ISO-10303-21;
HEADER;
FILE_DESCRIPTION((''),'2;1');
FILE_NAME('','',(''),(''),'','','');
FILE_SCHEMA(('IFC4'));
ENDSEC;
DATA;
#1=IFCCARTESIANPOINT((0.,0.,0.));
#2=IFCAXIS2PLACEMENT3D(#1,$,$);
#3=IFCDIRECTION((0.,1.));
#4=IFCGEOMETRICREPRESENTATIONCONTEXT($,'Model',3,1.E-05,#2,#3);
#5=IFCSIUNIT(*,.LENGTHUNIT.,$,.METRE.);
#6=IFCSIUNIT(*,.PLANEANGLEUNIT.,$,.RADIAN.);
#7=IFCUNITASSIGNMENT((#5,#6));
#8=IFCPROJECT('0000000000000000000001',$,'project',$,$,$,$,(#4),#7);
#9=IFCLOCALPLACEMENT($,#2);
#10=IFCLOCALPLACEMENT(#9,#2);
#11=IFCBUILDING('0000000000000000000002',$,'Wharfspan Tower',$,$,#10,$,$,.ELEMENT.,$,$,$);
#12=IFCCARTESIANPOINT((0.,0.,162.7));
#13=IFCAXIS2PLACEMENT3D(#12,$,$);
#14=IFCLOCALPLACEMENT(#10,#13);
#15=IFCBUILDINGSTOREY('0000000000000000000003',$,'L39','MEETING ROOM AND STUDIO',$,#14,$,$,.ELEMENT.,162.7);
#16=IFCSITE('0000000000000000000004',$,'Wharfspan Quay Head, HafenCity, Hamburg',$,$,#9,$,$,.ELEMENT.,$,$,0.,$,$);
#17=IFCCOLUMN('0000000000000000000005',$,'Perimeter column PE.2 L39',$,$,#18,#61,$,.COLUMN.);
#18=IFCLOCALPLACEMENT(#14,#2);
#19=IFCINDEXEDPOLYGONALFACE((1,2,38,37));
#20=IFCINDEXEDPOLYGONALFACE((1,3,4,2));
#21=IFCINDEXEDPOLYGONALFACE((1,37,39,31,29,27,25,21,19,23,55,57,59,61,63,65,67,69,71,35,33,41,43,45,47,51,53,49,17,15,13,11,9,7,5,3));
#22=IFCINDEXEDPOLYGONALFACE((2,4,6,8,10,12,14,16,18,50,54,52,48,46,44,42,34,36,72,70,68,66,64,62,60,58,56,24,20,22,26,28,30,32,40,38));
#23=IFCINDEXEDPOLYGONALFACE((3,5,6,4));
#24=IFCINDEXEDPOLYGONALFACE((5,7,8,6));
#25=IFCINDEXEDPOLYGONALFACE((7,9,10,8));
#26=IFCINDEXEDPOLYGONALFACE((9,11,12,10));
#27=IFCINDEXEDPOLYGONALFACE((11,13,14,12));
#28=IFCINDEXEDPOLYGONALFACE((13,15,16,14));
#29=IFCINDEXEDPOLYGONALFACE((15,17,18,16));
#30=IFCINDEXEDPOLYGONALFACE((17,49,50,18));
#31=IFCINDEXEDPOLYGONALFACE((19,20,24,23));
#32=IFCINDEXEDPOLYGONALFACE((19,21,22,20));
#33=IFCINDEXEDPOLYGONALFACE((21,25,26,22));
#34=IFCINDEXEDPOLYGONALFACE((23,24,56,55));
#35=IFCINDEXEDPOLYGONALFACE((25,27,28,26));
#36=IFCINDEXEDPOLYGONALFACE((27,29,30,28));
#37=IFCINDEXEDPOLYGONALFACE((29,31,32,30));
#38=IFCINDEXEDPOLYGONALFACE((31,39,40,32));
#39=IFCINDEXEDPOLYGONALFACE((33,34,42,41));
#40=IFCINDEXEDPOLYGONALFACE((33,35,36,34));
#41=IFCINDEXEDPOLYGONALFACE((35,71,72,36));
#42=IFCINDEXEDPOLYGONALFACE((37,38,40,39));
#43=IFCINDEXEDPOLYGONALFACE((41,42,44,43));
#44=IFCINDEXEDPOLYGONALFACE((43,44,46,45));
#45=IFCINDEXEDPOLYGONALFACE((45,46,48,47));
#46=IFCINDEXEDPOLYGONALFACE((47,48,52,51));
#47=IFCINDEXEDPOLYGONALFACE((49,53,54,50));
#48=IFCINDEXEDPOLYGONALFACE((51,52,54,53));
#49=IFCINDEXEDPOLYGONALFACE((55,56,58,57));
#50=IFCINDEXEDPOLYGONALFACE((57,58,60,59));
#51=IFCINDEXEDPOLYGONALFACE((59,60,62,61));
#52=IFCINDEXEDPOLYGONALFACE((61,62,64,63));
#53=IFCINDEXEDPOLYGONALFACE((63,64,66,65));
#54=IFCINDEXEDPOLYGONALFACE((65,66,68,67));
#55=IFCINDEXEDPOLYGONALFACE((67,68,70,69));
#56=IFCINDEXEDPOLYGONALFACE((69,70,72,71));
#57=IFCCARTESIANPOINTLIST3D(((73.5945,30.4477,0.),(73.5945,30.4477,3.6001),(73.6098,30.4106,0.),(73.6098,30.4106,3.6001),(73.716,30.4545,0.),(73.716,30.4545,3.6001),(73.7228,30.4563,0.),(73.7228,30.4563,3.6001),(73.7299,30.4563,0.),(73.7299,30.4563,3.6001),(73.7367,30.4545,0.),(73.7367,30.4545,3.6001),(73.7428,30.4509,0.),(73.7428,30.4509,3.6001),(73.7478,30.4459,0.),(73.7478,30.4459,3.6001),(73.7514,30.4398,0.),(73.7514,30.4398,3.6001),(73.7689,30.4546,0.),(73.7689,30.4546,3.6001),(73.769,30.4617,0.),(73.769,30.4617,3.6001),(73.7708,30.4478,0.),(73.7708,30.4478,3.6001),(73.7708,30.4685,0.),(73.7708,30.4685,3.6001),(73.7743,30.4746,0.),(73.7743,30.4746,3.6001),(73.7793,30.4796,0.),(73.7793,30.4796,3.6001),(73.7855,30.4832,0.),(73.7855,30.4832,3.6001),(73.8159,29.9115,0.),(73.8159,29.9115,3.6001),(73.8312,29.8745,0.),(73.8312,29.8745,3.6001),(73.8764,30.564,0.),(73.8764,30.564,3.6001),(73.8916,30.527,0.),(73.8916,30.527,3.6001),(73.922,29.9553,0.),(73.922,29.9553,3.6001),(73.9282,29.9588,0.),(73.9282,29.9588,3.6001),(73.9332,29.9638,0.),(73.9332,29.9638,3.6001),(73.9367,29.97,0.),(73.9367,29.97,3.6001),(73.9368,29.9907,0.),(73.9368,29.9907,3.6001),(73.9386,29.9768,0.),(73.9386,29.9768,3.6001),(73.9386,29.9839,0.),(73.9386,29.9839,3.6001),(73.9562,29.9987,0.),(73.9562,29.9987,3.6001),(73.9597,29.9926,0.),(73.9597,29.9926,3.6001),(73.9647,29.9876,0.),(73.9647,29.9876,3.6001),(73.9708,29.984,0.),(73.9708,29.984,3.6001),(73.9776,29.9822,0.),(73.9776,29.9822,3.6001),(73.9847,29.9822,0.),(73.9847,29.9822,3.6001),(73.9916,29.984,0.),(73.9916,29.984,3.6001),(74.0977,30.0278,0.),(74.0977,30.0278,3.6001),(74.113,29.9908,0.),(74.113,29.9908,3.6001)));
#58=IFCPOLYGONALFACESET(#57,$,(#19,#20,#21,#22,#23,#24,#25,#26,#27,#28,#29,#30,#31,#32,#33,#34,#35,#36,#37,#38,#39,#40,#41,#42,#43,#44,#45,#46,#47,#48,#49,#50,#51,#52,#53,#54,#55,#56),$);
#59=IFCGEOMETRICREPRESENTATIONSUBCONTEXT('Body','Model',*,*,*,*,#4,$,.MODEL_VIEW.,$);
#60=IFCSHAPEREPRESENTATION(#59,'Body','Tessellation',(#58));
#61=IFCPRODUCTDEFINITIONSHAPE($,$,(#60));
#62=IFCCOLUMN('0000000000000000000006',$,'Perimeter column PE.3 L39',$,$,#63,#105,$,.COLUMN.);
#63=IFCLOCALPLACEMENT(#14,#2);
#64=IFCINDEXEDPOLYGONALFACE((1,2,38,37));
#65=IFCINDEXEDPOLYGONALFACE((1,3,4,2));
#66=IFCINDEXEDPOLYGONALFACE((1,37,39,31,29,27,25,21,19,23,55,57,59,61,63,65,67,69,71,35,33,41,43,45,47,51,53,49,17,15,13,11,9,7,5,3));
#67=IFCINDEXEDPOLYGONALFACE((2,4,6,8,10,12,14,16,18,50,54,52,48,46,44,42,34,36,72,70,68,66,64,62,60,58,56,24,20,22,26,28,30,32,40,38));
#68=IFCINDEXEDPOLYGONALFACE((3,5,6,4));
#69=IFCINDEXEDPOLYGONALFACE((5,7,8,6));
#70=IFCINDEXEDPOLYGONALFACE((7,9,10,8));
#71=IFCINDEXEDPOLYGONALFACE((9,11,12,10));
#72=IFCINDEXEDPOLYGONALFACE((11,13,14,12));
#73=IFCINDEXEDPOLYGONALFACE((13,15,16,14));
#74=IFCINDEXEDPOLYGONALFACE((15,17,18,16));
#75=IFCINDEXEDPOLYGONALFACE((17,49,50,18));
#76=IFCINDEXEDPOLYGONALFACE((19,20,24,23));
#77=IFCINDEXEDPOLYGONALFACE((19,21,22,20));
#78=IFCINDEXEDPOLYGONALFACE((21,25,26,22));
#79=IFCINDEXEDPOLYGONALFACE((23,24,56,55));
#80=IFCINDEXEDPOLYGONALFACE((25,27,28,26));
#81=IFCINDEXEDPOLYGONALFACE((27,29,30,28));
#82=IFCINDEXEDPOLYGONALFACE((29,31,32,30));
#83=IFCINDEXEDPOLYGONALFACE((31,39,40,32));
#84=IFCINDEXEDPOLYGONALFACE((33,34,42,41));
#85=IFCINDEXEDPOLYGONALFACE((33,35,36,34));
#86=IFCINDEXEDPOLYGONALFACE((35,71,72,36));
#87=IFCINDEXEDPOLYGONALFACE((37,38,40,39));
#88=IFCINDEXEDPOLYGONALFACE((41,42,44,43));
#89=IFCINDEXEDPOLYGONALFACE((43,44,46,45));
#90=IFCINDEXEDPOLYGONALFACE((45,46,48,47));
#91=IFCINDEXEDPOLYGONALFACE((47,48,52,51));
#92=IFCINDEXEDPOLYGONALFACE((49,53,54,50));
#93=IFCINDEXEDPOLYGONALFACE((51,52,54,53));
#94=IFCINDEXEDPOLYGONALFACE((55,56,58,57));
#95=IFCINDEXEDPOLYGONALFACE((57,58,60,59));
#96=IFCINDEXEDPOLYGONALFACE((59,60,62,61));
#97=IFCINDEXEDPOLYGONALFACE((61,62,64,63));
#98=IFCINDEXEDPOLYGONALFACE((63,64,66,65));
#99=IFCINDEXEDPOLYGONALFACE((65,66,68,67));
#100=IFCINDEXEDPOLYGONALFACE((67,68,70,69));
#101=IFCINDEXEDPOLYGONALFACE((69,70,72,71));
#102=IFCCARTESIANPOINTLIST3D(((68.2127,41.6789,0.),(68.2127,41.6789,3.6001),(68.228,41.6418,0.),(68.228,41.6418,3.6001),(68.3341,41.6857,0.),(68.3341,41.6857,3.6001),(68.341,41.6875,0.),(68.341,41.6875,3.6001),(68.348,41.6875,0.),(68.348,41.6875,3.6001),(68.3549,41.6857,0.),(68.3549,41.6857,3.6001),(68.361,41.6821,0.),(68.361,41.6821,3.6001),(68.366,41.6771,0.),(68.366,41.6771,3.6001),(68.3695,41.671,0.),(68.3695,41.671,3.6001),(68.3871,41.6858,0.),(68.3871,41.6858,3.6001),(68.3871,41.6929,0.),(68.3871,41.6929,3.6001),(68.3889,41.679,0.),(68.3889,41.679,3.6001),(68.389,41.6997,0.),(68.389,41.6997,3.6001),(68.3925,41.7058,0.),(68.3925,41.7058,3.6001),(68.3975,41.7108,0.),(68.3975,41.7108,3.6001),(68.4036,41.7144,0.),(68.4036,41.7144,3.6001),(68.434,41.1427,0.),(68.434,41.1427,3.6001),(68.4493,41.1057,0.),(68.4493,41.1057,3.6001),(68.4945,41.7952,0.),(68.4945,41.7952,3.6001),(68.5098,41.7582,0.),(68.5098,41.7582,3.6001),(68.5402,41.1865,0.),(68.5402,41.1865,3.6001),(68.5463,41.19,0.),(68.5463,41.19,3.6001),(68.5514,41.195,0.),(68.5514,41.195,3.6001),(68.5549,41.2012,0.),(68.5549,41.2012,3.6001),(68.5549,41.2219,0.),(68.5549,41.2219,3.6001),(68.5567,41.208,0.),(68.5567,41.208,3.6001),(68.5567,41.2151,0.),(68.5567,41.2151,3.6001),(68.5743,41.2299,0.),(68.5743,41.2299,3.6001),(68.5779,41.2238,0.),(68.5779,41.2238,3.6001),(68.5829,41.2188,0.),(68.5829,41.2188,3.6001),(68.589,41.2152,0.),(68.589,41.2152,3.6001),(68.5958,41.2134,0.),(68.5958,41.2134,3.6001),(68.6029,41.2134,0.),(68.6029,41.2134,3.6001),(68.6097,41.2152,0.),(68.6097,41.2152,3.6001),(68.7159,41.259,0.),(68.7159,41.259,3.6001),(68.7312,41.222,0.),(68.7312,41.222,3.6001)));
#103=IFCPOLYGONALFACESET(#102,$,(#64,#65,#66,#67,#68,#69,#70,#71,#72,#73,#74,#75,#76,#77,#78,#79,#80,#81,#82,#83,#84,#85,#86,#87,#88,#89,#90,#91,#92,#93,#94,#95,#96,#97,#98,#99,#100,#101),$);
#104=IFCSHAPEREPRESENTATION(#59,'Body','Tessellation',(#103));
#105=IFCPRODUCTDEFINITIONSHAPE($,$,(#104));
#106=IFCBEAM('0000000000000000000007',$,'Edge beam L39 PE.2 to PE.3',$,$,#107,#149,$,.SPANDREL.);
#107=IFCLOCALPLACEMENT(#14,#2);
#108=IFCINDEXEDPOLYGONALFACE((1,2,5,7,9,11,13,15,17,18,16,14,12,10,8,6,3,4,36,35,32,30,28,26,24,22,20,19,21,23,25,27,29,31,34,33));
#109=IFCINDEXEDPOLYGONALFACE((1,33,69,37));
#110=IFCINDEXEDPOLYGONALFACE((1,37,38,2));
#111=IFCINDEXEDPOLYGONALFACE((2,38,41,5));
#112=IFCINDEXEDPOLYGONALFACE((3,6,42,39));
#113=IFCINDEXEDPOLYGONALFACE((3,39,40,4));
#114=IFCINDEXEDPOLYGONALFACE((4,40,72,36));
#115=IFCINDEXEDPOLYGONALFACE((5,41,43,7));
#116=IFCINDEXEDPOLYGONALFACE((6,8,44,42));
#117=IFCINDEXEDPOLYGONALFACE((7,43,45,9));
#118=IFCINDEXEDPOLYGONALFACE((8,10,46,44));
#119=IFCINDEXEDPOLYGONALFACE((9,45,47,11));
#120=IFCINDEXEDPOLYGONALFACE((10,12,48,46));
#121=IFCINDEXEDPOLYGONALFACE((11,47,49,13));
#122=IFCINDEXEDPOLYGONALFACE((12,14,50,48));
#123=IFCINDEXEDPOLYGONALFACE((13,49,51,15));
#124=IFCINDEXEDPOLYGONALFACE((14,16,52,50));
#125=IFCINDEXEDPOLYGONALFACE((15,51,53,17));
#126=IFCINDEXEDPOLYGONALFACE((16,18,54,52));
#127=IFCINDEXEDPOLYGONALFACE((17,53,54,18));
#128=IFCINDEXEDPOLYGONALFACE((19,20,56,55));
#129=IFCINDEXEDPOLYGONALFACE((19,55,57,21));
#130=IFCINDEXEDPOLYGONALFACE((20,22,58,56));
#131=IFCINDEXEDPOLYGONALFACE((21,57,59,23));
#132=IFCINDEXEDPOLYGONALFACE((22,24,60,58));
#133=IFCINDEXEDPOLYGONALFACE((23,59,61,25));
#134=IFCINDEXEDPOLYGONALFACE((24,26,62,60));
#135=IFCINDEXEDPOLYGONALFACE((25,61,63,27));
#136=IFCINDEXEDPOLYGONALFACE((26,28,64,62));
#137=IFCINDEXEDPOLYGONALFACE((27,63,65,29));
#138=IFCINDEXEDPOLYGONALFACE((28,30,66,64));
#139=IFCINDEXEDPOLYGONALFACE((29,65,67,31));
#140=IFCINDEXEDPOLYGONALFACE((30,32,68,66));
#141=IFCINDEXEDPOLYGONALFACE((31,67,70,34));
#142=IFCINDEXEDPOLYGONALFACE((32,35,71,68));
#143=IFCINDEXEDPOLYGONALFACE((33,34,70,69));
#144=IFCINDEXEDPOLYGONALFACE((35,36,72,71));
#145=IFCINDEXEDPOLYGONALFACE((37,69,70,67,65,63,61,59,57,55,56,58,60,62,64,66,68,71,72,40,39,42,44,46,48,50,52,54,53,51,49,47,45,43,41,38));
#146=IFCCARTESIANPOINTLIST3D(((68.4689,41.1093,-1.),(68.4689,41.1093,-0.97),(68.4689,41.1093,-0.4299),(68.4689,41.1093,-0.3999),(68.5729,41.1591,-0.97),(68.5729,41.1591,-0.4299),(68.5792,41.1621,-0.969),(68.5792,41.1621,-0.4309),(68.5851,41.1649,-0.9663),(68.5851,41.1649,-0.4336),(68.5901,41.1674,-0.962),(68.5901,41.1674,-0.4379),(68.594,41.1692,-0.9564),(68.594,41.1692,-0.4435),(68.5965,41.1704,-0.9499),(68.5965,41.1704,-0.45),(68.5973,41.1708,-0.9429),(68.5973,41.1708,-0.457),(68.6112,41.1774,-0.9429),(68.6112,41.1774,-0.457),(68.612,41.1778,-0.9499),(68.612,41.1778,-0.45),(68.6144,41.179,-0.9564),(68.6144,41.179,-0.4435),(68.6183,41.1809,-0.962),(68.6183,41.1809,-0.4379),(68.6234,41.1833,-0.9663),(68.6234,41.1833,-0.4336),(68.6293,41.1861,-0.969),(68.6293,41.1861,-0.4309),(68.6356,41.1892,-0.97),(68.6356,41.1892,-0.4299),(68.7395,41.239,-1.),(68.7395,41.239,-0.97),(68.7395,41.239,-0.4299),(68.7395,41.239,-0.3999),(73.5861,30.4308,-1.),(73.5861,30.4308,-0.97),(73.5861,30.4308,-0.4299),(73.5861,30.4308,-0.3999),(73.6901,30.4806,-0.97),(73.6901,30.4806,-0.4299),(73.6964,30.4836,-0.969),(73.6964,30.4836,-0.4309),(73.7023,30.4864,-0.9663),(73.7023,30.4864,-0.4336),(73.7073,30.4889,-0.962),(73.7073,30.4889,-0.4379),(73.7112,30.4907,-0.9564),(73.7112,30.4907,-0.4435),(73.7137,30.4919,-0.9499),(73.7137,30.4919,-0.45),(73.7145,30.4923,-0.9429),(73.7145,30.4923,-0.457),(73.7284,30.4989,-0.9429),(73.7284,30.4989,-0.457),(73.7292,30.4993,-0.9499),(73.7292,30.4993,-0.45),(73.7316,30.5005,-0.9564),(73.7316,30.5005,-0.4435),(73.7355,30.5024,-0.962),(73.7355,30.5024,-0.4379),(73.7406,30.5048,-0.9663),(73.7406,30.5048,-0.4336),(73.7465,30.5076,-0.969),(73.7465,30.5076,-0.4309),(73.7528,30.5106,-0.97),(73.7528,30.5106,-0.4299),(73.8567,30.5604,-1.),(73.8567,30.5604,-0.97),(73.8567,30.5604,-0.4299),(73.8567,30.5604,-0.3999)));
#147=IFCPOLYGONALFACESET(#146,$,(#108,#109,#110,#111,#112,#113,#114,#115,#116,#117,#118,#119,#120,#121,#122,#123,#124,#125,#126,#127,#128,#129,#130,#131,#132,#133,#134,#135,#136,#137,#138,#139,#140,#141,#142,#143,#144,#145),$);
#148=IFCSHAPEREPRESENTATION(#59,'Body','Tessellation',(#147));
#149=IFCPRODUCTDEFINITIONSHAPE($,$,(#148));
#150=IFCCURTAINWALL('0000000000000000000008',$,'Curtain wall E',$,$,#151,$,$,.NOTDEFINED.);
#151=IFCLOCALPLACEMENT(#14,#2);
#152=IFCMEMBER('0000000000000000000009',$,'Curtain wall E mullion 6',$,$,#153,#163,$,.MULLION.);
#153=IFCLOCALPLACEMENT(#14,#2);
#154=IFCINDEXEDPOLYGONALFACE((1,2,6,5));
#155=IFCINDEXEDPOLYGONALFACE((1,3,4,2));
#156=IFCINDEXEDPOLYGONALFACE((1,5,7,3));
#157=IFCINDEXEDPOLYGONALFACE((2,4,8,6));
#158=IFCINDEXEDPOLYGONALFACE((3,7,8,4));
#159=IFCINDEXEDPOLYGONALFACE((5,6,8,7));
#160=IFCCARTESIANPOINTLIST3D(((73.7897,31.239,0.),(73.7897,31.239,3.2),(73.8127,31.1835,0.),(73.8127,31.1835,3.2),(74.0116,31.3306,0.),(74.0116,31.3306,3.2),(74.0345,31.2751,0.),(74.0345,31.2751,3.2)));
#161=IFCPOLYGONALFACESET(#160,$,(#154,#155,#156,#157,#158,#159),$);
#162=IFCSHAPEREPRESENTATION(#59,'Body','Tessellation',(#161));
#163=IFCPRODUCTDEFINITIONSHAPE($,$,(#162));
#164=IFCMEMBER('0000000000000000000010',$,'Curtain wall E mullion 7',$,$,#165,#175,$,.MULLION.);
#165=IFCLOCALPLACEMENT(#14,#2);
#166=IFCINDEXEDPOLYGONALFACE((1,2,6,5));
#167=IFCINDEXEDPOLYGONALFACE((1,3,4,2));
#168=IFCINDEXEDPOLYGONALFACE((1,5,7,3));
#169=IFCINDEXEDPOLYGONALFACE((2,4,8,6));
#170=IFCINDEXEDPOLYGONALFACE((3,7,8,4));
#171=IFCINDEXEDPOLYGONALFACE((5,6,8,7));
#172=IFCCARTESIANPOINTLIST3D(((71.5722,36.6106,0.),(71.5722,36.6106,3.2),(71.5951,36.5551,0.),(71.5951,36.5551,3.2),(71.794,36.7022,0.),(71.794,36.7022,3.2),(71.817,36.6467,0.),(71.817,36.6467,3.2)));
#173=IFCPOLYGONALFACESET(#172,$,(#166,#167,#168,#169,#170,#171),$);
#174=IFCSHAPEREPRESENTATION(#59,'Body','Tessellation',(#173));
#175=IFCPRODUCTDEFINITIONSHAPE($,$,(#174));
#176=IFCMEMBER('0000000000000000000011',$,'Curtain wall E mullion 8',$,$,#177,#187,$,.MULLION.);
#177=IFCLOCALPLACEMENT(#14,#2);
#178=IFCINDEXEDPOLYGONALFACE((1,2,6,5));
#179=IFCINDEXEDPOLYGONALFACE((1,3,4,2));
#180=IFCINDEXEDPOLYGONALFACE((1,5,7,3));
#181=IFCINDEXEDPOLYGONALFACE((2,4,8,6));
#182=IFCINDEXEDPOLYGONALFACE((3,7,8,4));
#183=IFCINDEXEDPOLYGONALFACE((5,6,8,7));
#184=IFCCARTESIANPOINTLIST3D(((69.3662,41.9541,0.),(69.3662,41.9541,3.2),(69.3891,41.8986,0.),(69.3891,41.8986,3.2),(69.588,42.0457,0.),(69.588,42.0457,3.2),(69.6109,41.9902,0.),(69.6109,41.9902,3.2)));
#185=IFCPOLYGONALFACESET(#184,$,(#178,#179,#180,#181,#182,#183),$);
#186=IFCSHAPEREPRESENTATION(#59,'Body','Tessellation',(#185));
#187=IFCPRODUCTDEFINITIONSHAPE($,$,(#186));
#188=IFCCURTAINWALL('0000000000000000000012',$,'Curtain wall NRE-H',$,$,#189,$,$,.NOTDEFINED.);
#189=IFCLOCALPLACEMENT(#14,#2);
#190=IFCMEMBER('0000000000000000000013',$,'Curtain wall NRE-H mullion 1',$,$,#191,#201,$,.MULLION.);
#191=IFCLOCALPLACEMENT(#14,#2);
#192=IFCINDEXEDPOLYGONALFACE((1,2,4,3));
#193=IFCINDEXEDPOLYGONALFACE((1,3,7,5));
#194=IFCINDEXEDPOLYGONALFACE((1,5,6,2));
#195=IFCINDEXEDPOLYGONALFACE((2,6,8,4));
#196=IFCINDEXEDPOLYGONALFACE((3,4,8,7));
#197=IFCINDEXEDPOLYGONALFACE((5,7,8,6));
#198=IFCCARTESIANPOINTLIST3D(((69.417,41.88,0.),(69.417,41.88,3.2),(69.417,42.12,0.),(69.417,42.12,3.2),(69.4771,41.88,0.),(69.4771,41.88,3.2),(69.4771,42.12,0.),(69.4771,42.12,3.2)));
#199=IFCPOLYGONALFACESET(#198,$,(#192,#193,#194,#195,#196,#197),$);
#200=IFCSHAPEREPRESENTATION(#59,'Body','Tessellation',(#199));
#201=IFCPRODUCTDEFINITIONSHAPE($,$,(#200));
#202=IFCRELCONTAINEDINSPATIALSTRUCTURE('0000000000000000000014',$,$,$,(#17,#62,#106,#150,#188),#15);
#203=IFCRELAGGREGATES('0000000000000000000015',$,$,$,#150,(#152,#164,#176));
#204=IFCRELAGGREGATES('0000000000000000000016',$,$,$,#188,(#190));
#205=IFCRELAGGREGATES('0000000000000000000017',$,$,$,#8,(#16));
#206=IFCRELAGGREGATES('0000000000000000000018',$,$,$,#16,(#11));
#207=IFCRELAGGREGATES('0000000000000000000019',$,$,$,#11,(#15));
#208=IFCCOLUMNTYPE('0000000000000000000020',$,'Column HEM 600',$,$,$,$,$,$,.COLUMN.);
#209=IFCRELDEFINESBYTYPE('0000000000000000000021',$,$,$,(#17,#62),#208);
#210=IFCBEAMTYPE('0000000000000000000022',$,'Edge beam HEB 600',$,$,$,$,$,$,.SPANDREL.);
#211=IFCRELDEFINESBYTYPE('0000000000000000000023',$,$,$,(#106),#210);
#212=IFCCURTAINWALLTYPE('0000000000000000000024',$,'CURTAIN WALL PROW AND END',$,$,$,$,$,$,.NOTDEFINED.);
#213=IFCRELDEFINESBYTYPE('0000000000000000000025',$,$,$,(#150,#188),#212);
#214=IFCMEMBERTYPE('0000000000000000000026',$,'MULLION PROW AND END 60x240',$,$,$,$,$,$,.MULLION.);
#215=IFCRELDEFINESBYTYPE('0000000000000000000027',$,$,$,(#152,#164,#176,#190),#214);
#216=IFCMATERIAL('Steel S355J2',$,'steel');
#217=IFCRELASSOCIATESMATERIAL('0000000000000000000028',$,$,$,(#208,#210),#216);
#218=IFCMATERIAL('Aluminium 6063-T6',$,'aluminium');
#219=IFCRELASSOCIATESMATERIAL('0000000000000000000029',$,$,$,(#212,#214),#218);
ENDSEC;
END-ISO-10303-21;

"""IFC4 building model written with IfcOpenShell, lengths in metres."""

from ifc_helpers import new_model, si_unit, direction, frame, origin, origin_2d, place, context, subcontext, project, spatial, rectangle, i_section, extrude, material, material_profile, profile_set, type_object, element, aggregate, save


model = new_model("IFC4")

# Units and contexts
model_context = context("Model", 3, precision=1e-05, world=origin(), true_north=direction((0.0, 1.0)))
body_context = subcontext(model_context, "Body", "Model", "MODEL_VIEW")
ifc_project = project(units=[si_unit("LENGTHUNIT", "METRE"), si_unit("PLANEANGLEUNIT", "RADIAN")], contexts=[model_context])

# Site, building, storey
site_placement = place(None, origin())
site = spatial("IfcSite", under=ifc_project, at=site_placement, Name="Wharfspan Quay Head, HafenCity, Hamburg", CompositionType="ELEMENT", RefElevation=0.0)
building_placement = place(site_placement, origin())
building = spatial("IfcBuilding", under=site, at=building_placement, Name="Wharfspan Tower", CompositionType="ELEMENT")
storey_placement = place(building_placement, frame((0.0, 0.0, 162.7)))
storey = spatial("IfcBuildingStorey", under=building, at=storey_placement, Name="L39", Description="MEETING ROOM AND STUDIO", CompositionType="ELEMENT", Elevation=162.7)

# Columns
ifc_material_1 = material(Name="Steel S355J2", Category="steel")
ifc_material_profile_1 = material_profile(ifc_material_1, i_section(OverallWidth=0.3049, OverallDepth=0.6201, WebThickness=0.021, FlangeThickness=0.04, FilletRadius=0.0271, at=origin_2d()))
ifc_profile_set_1 = profile_set([ifc_material_profile_1], Name="Steel S355J2")
column_type = type_object("IfcColumnType", Name="Column HEM 600", PredefinedType="COLUMN", material=ifc_profile_set_1)
for number, where, z_axis, x_axis, name in (
    (1, (73.8538, 30.2192, 0.0), (0.0, 0.0, 1.0), (0.924325, 0.381602, 0.0), "Perimeter column PE.2 L39"),
    (2, (68.4719, 41.4504, 0.0), (0.0, 0.0, 1.0), (0.924325, 0.381602, 0.0), "Perimeter column PE.3 L39"),
):
    element("IfcColumn", number, at=place(storey_placement, frame(where, z_axis=z_axis, x_axis=x_axis)), inside=storey, type_object=column_type, Name=name, PredefinedType="COLUMN", context=body_context, shape_type="SweptSolid", body=[
        extrude(i_section(OverallWidth=0.3049, OverallDepth=0.6201, WebThickness=0.021, FlangeThickness=0.04, FilletRadius=0.0271, at=origin_2d()), origin(), (0.0, 0.0, 1.0), 3.6001),
    ])

# Beam
ifc_material_profile_2 = material_profile(ifc_material_1, i_section(OverallWidth=0.3, OverallDepth=0.6001, WebThickness=0.0154, FlangeThickness=0.03, FilletRadius=0.0271, at=origin_2d()))
ifc_profile_set_2 = profile_set([ifc_material_profile_2], Name="Steel S355J2")
beam_type = type_object("IfcBeamType", Name="Edge beam HEB 600", PredefinedType="SPANDREL", material=ifc_profile_set_2)
beam_placement = place(storey_placement, frame((73.7214, 30.4956, -0.7), z_axis=(-0.432149, 0.901802, 0.0), x_axis=(-0.901802, -0.432149, 0.0)))
element("IfcBeam", 3, at=beam_placement, inside=storey, type_object=beam_type, Name="Edge beam L39 PE.2 to PE.3", PredefinedType="SPANDREL", context=body_context, shape_type="SweptSolid", body=[
    extrude(i_section(OverallWidth=0.3, OverallDepth=0.6001, WebThickness=0.0154, FlangeThickness=0.03, FilletRadius=0.0271, at=origin_2d()), origin(), (0.0, 0.0, 1.0), 11.8413),
])

# Curtain walls, members
ifc_material_2 = material(Name="Aluminium 6063-T6", Category="aluminium")
curtain_wall_type = type_object("IfcCurtainWallType", Name="CURTAIN WALL PROW AND END", PredefinedType="NOTDEFINED", material=ifc_material_2)
curtain_wall_1_placement = place(storey_placement, origin())
curtain_wall_1 = element("IfcCurtainWall", 4, at=curtain_wall_1_placement, inside=storey, type_object=curtain_wall_type, Name="Curtain wall E", PredefinedType="NOTDEFINED")
ifc_material_profile_3 = material_profile(ifc_material_2, rectangle(XDim=0.24, YDim=0.0601, at=origin_2d()))
ifc_profile_set_3 = profile_set([ifc_material_profile_3], Name="Aluminium 6063-T6")
member_type_1 = type_object("IfcMemberType", Name="MULLION PROW AND END 60x240", PredefinedType="MULLION", material=ifc_profile_set_3)
member_1_placement = place(storey_placement, frame((73.9121, 31.2571, 0.0), z_axis=(0.0, 0.0, 1.0), x_axis=(-0.924325, -0.381602, 0.0)))
member_1 = element("IfcMember", 5, at=member_1_placement, type_object=member_type_1, Name="Curtain wall E mullion 6", PredefinedType="MULLION", context=body_context, shape_type="SweptSolid", body=[
    extrude(rectangle(XDim=0.24, YDim=0.0601, at=origin_2d()), origin(), (0.0, 0.0, 1.0), 3.2),
])
member_2_placement = place(storey_placement, frame((71.6946, 36.6287, 0.0), z_axis=(0.0, 0.0, 1.0), x_axis=(-0.924325, -0.381602, 0.0)))
member_2 = element("IfcMember", 6, at=member_2_placement, type_object=member_type_1, Name="Curtain wall E mullion 7", PredefinedType="MULLION", context=body_context, shape_type="SweptSolid", body=[
    extrude(rectangle(XDim=0.24, YDim=0.0601, at=origin_2d()), origin(), (0.0, 0.0, 1.0), 3.2),
])
member_3_placement = place(storey_placement, frame((69.4885, 41.9722, 0.0), z_axis=(0.0, 0.0, 1.0), x_axis=(-0.924325, -0.381602, 0.0)))
member_3 = element("IfcMember", 7, at=member_3_placement, type_object=member_type_1, Name="Curtain wall E mullion 8", PredefinedType="MULLION", context=body_context, shape_type="SweptSolid", body=[
    extrude(rectangle(XDim=0.24, YDim=0.0601, at=origin_2d()), origin(), (0.0, 0.0, 1.0), 3.2),
])
curtain_wall_2_placement = place(storey_placement, origin())
curtain_wall_2 = element("IfcCurtainWall", 8, at=curtain_wall_2_placement, inside=storey, type_object=curtain_wall_type, Name="Curtain wall NRE-H", PredefinedType="NOTDEFINED")
member_4_placement = place(storey_placement, frame((69.447, 42.0, 0.0), z_axis=(0.0, 0.0, 1.0), x_axis=(0.0, -1.0, 0.0)))
member_4 = element("IfcMember", 9, at=member_4_placement, type_object=member_type_1, Name="Curtain wall NRE-H mullion 1", PredefinedType="MULLION", context=body_context, shape_type="SweptSolid", body=[
    extrude(rectangle(XDim=0.24, YDim=0.0601, at=origin_2d()), origin(), (0.0, 0.0, 1.0), 3.2),
])

aggregate(curtain_wall_1, [member_1, member_2, member_3])
aggregate(curtain_wall_2, [member_4])

save(model, "model.ifc")
